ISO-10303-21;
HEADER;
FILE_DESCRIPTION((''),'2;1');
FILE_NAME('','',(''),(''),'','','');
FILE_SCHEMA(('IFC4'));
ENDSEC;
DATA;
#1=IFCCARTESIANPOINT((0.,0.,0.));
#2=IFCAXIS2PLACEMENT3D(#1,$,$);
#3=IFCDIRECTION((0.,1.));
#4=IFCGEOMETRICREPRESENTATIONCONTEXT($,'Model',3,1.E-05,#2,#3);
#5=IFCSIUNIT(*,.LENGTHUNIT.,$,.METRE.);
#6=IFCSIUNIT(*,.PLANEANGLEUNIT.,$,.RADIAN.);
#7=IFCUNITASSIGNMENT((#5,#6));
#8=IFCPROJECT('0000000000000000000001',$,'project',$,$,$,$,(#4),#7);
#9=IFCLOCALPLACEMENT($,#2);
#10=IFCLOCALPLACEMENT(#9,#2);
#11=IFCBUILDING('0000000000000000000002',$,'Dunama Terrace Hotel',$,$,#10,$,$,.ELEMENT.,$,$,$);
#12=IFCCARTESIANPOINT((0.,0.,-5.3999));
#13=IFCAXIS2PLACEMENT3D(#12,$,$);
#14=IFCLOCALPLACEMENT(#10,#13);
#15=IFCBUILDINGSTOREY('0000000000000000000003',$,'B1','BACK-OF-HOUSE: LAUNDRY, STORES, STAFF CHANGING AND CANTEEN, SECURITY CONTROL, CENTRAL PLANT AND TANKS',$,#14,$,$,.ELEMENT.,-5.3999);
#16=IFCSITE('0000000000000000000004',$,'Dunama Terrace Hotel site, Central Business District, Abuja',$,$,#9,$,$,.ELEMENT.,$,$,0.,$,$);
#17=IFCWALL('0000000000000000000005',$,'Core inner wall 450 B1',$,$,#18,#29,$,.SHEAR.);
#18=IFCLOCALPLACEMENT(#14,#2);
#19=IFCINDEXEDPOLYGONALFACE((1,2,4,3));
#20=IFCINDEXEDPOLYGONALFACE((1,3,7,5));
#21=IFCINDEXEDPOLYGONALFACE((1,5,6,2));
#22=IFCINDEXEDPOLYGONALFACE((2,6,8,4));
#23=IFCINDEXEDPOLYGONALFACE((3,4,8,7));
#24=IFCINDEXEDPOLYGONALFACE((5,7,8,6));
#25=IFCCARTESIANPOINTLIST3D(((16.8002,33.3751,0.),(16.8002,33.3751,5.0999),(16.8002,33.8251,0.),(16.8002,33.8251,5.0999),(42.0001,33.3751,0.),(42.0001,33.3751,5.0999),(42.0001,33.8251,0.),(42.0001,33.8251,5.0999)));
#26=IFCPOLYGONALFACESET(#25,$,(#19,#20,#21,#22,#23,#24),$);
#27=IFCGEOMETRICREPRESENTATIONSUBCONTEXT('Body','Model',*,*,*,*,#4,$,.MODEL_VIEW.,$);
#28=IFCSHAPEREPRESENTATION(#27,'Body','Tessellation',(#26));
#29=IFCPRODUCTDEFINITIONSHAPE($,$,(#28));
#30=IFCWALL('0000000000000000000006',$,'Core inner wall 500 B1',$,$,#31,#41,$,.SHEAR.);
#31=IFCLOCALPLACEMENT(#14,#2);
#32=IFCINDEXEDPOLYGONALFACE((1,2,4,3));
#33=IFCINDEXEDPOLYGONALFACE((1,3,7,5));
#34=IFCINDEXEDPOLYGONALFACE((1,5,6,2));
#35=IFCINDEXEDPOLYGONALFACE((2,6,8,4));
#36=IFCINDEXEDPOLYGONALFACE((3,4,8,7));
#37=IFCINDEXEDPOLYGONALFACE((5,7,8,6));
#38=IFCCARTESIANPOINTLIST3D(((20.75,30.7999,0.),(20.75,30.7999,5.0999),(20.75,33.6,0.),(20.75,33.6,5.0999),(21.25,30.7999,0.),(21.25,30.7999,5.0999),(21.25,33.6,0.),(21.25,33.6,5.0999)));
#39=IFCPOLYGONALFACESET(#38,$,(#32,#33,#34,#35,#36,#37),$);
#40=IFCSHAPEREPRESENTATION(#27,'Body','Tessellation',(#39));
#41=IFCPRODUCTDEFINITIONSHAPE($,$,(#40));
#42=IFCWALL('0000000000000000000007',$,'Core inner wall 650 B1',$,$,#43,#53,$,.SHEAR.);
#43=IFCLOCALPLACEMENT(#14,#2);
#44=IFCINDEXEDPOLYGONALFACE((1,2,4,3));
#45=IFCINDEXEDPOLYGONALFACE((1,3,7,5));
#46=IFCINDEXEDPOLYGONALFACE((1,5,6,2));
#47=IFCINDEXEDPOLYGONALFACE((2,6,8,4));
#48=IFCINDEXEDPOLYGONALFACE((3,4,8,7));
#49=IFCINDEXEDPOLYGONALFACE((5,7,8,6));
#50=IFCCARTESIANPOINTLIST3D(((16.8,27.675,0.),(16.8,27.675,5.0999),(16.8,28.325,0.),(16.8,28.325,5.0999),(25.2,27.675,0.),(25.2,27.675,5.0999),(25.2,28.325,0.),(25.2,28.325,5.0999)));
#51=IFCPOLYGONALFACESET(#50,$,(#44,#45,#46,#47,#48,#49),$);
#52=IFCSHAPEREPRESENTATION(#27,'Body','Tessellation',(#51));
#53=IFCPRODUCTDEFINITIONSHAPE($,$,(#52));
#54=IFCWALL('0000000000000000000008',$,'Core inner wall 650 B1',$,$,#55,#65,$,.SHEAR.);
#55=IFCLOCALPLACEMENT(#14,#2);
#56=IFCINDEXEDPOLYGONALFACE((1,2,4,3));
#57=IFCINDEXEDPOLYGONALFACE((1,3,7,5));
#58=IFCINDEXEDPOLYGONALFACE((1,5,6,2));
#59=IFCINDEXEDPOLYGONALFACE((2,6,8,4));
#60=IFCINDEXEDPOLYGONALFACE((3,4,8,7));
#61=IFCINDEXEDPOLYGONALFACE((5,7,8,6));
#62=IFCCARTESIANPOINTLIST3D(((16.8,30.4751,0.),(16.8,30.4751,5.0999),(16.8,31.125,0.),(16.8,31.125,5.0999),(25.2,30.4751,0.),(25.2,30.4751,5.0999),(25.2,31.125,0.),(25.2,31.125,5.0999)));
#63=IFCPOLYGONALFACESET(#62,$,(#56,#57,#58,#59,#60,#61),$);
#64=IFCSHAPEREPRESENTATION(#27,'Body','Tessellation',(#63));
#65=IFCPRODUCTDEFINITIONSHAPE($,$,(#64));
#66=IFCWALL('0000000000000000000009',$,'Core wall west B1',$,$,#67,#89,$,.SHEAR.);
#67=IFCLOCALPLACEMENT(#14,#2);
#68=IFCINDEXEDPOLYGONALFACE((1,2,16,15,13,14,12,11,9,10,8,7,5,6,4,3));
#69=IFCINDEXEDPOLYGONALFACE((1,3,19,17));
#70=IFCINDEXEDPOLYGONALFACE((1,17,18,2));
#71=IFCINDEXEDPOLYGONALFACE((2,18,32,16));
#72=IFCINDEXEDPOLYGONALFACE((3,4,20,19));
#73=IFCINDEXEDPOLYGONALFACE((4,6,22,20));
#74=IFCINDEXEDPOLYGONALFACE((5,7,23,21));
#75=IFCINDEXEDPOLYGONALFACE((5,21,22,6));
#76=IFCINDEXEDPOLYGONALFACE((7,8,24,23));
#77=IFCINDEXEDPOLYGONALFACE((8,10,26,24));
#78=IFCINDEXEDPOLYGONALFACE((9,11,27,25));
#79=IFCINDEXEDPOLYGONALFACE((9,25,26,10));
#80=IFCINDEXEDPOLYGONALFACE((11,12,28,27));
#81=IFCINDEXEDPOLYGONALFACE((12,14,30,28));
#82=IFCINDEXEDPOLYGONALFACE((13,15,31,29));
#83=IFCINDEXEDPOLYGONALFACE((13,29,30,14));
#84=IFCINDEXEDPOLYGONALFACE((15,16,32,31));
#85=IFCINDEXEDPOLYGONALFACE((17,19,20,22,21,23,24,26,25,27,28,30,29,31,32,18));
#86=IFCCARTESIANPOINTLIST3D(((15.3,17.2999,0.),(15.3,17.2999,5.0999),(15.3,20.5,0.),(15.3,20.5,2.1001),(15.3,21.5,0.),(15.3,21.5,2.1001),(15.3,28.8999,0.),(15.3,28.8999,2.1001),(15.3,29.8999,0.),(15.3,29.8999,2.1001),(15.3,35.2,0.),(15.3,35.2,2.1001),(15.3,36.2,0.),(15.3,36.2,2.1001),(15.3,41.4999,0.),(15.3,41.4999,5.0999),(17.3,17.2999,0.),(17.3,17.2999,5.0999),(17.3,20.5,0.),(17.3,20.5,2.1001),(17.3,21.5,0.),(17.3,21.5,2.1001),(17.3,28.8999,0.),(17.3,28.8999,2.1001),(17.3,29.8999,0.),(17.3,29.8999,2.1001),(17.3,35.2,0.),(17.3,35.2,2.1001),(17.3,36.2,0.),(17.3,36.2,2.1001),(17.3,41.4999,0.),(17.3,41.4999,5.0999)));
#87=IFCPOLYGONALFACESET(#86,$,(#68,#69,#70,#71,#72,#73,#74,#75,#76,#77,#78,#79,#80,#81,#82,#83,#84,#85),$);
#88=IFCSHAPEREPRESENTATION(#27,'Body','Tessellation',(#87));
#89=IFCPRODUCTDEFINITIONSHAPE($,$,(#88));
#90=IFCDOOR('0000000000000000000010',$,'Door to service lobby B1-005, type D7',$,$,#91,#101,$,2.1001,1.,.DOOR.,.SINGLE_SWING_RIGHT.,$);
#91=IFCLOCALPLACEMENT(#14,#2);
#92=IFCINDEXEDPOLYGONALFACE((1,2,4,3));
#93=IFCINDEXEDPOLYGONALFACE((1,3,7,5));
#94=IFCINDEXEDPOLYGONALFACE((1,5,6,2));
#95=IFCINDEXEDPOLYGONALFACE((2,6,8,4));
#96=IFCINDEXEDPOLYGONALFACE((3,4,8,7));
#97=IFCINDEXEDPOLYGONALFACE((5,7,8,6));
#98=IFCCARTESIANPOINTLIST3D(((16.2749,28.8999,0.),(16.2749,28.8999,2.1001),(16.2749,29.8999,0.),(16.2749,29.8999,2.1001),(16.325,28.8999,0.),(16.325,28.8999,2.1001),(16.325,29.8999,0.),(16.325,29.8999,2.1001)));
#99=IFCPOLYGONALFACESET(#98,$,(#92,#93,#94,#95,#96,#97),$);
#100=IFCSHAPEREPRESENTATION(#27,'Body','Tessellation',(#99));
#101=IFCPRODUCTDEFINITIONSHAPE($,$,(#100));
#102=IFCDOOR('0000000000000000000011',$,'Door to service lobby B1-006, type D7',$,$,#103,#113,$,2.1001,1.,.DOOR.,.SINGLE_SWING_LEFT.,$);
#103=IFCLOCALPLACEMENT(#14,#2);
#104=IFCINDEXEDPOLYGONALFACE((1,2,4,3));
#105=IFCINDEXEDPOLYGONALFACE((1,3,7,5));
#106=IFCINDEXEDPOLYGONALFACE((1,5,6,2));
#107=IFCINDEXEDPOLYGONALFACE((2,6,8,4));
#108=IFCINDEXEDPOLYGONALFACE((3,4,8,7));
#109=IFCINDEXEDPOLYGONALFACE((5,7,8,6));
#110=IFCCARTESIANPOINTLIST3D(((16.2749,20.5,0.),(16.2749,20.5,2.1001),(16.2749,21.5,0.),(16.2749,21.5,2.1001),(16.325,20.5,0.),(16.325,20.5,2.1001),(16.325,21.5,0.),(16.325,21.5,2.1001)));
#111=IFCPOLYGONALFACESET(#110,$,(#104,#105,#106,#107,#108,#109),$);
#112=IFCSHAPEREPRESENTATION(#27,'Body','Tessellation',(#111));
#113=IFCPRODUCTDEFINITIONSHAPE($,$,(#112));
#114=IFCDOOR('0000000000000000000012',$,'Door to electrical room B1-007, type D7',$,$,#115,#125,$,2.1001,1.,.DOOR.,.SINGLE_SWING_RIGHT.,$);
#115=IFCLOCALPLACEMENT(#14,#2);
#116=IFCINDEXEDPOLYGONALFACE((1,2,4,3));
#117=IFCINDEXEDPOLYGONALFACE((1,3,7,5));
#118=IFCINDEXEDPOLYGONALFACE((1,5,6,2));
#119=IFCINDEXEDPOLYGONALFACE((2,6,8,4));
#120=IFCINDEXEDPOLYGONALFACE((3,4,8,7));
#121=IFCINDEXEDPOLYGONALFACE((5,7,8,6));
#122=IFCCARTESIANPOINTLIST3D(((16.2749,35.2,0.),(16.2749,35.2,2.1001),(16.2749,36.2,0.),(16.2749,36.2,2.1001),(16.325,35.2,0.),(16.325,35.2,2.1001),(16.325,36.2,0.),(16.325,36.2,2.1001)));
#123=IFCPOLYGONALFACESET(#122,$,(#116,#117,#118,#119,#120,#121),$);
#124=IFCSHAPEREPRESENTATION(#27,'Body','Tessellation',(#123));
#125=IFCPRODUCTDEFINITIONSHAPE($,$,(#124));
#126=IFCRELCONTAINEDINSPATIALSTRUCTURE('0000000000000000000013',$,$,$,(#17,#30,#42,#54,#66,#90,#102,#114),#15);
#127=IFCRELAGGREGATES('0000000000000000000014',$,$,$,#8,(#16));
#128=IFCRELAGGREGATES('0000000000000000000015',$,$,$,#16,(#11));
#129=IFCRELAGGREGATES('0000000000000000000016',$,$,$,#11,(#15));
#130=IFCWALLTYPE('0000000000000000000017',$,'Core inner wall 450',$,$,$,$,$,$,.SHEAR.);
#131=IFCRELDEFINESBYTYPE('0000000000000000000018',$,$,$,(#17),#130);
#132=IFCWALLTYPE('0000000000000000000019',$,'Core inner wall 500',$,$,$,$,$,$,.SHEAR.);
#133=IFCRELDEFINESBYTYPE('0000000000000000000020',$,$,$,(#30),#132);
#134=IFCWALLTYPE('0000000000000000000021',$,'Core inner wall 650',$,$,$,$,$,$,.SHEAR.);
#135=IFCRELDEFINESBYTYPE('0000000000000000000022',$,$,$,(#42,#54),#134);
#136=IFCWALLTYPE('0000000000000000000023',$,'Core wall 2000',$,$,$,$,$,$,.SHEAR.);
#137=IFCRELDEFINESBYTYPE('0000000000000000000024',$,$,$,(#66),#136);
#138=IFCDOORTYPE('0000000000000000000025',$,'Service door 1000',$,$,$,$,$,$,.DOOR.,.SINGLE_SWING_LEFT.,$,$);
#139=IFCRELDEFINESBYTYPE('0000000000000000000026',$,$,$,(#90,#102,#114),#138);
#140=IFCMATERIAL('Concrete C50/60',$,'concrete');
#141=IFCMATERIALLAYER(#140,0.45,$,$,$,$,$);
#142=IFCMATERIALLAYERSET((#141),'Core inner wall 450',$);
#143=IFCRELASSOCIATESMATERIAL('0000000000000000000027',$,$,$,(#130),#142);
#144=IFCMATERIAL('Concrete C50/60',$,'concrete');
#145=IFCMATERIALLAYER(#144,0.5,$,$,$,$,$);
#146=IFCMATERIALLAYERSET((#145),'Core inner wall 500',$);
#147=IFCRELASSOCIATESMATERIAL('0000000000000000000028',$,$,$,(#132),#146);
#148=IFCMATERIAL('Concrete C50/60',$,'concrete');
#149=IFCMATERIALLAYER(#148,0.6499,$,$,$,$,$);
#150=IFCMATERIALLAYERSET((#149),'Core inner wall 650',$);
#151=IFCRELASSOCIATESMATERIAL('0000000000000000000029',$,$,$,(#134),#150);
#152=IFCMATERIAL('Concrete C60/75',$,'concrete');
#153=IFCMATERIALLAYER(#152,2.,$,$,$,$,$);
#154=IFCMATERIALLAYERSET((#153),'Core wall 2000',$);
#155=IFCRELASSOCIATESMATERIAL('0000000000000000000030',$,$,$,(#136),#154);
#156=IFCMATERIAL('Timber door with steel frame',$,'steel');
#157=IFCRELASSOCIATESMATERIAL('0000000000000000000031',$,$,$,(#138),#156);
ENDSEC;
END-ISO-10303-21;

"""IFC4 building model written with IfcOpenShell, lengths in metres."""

from ifc_helpers import new_model, si_unit, direction, frame, frame_2d, origin, place, context, subcontext, project, spatial, rectangle, extrude, material, layer, layer_set, type_object, element, fill, save


model = new_model("IFC4")

# Units and contexts
model_context = context("Model", 3, precision=1e-05, world=origin(), true_north=direction((0.0, 1.0)))
body_context = subcontext(model_context, "Body", "Model", "MODEL_VIEW")
ifc_project = project(units=[si_unit("LENGTHUNIT", "METRE"), si_unit("PLANEANGLEUNIT", "RADIAN")], contexts=[model_context])

# Site, building, storey
site_placement = place(None, origin())
site = spatial("IfcSite", under=ifc_project, at=site_placement, Name="Dunama Terrace Hotel site, Central Business District, Abuja", CompositionType="ELEMENT", RefElevation=0.0)
building_placement = place(site_placement, origin())
building = spatial("IfcBuilding", under=site, at=building_placement, Name="Dunama Terrace Hotel", CompositionType="ELEMENT")
storey_placement = place(building_placement, frame((0.0, 0.0, -5.3999)))
storey = spatial("IfcBuildingStorey", under=building, at=storey_placement, Name="B1", Description="BACK-OF-HOUSE: LAUNDRY, STORES, STAFF CHANGING AND CANTEEN, SECURITY CONTROL, CENTRAL PLANT AND TANKS", CompositionType="ELEMENT", Elevation=-5.3999)

# Walls
ifc_material_1 = material(Name="Concrete C50/60", Category="concrete")
ifc_layer_1 = layer(ifc_material_1, 0.45)
ifc_layer_set_1 = layer_set([ifc_layer_1], Name="Core inner wall 450")
wall_type_1 = type_object("IfcWallType", Name="Core inner wall 450", PredefinedType="SHEAR", material=ifc_layer_set_1)
wall_1_placement = place(storey_placement, frame((16.8, 33.6001, 0.0), z_axis=(0.0, 0.0, 1.0), x_axis=(1.0, 0.0, 0.0)))
element("IfcWall", 1, at=wall_1_placement, inside=storey, type_object=wall_type_1, Name="Core inner wall 450 B1", PredefinedType="SHEAR", context=body_context, shape_type="SweptSolid", body=[
    extrude(rectangle(XDim=25.2, YDim=0.45, at=frame_2d((12.6001, 0.0))), origin(), (0.0, 0.0, 1.0), 5.0999),
])
ifc_material_2 = material(Name="Concrete C50/60", Category="concrete")
ifc_layer_2 = layer(ifc_material_2, 0.5)
ifc_layer_set_2 = layer_set([ifc_layer_2], Name="Core inner wall 500")
wall_type_2 = type_object("IfcWallType", Name="Core inner wall 500", PredefinedType="SHEAR", material=ifc_layer_set_2)
wall_2_placement = place(storey_placement, frame((21.0, 30.8, 0.0), z_axis=(0.0, 0.0, 1.0), x_axis=(0.0, 1.0, 0.0)))
element("IfcWall", 2, at=wall_2_placement, inside=storey, type_object=wall_type_2, Name="Core inner wall 500 B1", PredefinedType="SHEAR", context=body_context, shape_type="SweptSolid", body=[
    extrude(rectangle(XDim=2.8, YDim=0.5, at=frame_2d((1.3999, 0.0))), origin(), (0.0, 0.0, 1.0), 5.0999),
])
ifc_material_3 = material(Name="Concrete C50/60", Category="concrete")
ifc_layer_3 = layer(ifc_material_3, 0.6499)
ifc_layer_set_3 = layer_set([ifc_layer_3], Name="Core inner wall 650")
wall_type_3 = type_object("IfcWallType", Name="Core inner wall 650", PredefinedType="SHEAR", material=ifc_layer_set_3)
for number, where, z_axis, x_axis, name in (
    (3, (16.8, 28.0, 0.0), (0.0, 0.0, 1.0), (1.0, 0.0, 0.0), "Core inner wall 650 B1"),
    (4, (16.8, 30.8, 0.0), (0.0, 0.0, 1.0), (1.0, 0.0, 0.0), "Core inner wall 650 B1"),
):
    element("IfcWall", number, at=place(storey_placement, frame(where, z_axis=z_axis, x_axis=x_axis)), inside=storey, type_object=wall_type_3, Name=name, PredefinedType="SHEAR", context=body_context, shape_type="SweptSolid", body=[
        extrude(rectangle(XDim=8.3999, YDim=0.6499, at=frame_2d((4.2, 0.0))), origin(), (0.0, 0.0, 1.0), 5.0999),
    ])

# Wall, openings, doors
ifc_material_4 = material(Name="Concrete C60/75", Category="concrete")
ifc_layer_4 = layer(ifc_material_4, 2.0)
ifc_layer_set_4 = layer_set([ifc_layer_4], Name="Core wall 2000")
wall_type_4 = type_object("IfcWallType", Name="Core wall 2000", PredefinedType="SHEAR", material=ifc_layer_set_4)
wall_3_placement = place(storey_placement, frame((16.3, 41.5, 0.0), z_axis=(0.0, 0.0, 1.0), x_axis=(0.0, -1.0, 0.0)))
wall_3 = element("IfcWall", 5, at=wall_3_placement, inside=storey, type_object=wall_type_4, Name="Core wall west B1", PredefinedType="SHEAR", context=body_context, shape_type="SweptSolid", body=[
    extrude(rectangle(XDim=24.2, YDim=2.0, at=frame_2d((12.1001, 0.0))), origin(), (0.0, 0.0, 1.0), 5.0999),
])
opening_1_placement = place(wall_3_placement, frame((11.6001, 0.0, 0.0)))
opening_1 = element("IfcOpeningElement", 6, at=opening_1_placement, cuts=wall_3, PredefinedType="OPENING", context=body_context, shape_type="SweptSolid", body=[
    extrude(rectangle(XDim=1.0, YDim=2.1001, at=frame_2d((0.5, 1.05))), frame((0.0, 1.01, 0.0), z_axis=(0.0, -1.0, 0.0), x_axis=(1.0, 0.0, 0.0)), (0.0, 0.0, 1.0), 2.02),
])
opening_2_placement = place(wall_3_placement, frame((20.0, 0.0, 0.0)))
opening_2 = element("IfcOpeningElement", 7, at=opening_2_placement, cuts=wall_3, PredefinedType="OPENING", context=body_context, shape_type="SweptSolid", body=[
    extrude(rectangle(XDim=1.0, YDim=2.1001, at=frame_2d((0.5, 1.05))), frame((0.0, 1.01, 0.0), z_axis=(0.0, -1.0, 0.0), x_axis=(1.0, 0.0, 0.0)), (0.0, 0.0, 1.0), 2.02),
])
opening_3_placement = place(wall_3_placement, frame((5.3, 0.0, 0.0)))
opening_3 = element("IfcOpeningElement", 8, at=opening_3_placement, cuts=wall_3, PredefinedType="OPENING", context=body_context, shape_type="SweptSolid", body=[
    extrude(rectangle(XDim=1.0, YDim=2.1001, at=frame_2d((0.5, 1.05))), frame((0.0, 1.01, 0.0), z_axis=(0.0, -1.0, 0.0), x_axis=(1.0, 0.0, 0.0)), (0.0, 0.0, 1.0), 2.02),
])
ifc_material_5 = material(Name="Timber door with steel frame", Category="steel")
door_type = type_object("IfcDoorType", Name="Service door 1000", OperationType="SINGLE_SWING_LEFT", PredefinedType="DOOR", material=ifc_material_5)
door_1_placement = place(opening_1_placement, origin())
door_1 = element("IfcDoor", 9, at=door_1_placement, inside=storey, type_object=door_type, Name="Door to service lobby B1-005, type D7", OperationType="SINGLE_SWING_RIGHT", OverallHeight=2.1001, OverallWidth=1.0, PredefinedType="DOOR", context=body_context, shape_type="SweptSolid", body=[
    extrude(rectangle(XDim=1.0, YDim=2.1001, at=frame_2d((0.5, 1.05))), frame((0.0, 0.0249, 0.0), z_axis=(0.0, -1.0, 0.0), x_axis=(1.0, 0.0, 0.0)), (0.0, 0.0, 1.0), 0.05),
])
fill(opening_1, door_1)
door_2_placement = place(opening_2_placement, origin())
door_2 = element("IfcDoor", 10, at=door_2_placement, inside=storey, type_object=door_type, Name="Door to service lobby B1-006, type D7", OperationType="SINGLE_SWING_LEFT", OverallHeight=2.1001, OverallWidth=1.0, PredefinedType="DOOR", context=body_context, shape_type="SweptSolid", body=[
    extrude(rectangle(XDim=1.0, YDim=2.1001, at=frame_2d((0.5, 1.05))), frame((0.0, 0.0249, 0.0), z_axis=(0.0, -1.0, 0.0), x_axis=(1.0, 0.0, 0.0)), (0.0, 0.0, 1.0), 0.05),
])
fill(opening_2, door_2)
door_3_placement = place(opening_3_placement, origin())
door_3 = element("IfcDoor", 11, at=door_3_placement, inside=storey, type_object=door_type, Name="Door to electrical room B1-007, type D7", OperationType="SINGLE_SWING_RIGHT", OverallHeight=2.1001, OverallWidth=1.0, PredefinedType="DOOR", context=body_context, shape_type="SweptSolid", body=[
    extrude(rectangle(XDim=1.0, YDim=2.1001, at=frame_2d((0.5, 1.05))), frame((0.0, 0.0249, 0.0), z_axis=(0.0, -1.0, 0.0), x_axis=(1.0, 0.0, 0.0)), (0.0, 0.0, 1.0), 0.05),
])
fill(opening_3, door_3)

save(model, "model.ifc")
